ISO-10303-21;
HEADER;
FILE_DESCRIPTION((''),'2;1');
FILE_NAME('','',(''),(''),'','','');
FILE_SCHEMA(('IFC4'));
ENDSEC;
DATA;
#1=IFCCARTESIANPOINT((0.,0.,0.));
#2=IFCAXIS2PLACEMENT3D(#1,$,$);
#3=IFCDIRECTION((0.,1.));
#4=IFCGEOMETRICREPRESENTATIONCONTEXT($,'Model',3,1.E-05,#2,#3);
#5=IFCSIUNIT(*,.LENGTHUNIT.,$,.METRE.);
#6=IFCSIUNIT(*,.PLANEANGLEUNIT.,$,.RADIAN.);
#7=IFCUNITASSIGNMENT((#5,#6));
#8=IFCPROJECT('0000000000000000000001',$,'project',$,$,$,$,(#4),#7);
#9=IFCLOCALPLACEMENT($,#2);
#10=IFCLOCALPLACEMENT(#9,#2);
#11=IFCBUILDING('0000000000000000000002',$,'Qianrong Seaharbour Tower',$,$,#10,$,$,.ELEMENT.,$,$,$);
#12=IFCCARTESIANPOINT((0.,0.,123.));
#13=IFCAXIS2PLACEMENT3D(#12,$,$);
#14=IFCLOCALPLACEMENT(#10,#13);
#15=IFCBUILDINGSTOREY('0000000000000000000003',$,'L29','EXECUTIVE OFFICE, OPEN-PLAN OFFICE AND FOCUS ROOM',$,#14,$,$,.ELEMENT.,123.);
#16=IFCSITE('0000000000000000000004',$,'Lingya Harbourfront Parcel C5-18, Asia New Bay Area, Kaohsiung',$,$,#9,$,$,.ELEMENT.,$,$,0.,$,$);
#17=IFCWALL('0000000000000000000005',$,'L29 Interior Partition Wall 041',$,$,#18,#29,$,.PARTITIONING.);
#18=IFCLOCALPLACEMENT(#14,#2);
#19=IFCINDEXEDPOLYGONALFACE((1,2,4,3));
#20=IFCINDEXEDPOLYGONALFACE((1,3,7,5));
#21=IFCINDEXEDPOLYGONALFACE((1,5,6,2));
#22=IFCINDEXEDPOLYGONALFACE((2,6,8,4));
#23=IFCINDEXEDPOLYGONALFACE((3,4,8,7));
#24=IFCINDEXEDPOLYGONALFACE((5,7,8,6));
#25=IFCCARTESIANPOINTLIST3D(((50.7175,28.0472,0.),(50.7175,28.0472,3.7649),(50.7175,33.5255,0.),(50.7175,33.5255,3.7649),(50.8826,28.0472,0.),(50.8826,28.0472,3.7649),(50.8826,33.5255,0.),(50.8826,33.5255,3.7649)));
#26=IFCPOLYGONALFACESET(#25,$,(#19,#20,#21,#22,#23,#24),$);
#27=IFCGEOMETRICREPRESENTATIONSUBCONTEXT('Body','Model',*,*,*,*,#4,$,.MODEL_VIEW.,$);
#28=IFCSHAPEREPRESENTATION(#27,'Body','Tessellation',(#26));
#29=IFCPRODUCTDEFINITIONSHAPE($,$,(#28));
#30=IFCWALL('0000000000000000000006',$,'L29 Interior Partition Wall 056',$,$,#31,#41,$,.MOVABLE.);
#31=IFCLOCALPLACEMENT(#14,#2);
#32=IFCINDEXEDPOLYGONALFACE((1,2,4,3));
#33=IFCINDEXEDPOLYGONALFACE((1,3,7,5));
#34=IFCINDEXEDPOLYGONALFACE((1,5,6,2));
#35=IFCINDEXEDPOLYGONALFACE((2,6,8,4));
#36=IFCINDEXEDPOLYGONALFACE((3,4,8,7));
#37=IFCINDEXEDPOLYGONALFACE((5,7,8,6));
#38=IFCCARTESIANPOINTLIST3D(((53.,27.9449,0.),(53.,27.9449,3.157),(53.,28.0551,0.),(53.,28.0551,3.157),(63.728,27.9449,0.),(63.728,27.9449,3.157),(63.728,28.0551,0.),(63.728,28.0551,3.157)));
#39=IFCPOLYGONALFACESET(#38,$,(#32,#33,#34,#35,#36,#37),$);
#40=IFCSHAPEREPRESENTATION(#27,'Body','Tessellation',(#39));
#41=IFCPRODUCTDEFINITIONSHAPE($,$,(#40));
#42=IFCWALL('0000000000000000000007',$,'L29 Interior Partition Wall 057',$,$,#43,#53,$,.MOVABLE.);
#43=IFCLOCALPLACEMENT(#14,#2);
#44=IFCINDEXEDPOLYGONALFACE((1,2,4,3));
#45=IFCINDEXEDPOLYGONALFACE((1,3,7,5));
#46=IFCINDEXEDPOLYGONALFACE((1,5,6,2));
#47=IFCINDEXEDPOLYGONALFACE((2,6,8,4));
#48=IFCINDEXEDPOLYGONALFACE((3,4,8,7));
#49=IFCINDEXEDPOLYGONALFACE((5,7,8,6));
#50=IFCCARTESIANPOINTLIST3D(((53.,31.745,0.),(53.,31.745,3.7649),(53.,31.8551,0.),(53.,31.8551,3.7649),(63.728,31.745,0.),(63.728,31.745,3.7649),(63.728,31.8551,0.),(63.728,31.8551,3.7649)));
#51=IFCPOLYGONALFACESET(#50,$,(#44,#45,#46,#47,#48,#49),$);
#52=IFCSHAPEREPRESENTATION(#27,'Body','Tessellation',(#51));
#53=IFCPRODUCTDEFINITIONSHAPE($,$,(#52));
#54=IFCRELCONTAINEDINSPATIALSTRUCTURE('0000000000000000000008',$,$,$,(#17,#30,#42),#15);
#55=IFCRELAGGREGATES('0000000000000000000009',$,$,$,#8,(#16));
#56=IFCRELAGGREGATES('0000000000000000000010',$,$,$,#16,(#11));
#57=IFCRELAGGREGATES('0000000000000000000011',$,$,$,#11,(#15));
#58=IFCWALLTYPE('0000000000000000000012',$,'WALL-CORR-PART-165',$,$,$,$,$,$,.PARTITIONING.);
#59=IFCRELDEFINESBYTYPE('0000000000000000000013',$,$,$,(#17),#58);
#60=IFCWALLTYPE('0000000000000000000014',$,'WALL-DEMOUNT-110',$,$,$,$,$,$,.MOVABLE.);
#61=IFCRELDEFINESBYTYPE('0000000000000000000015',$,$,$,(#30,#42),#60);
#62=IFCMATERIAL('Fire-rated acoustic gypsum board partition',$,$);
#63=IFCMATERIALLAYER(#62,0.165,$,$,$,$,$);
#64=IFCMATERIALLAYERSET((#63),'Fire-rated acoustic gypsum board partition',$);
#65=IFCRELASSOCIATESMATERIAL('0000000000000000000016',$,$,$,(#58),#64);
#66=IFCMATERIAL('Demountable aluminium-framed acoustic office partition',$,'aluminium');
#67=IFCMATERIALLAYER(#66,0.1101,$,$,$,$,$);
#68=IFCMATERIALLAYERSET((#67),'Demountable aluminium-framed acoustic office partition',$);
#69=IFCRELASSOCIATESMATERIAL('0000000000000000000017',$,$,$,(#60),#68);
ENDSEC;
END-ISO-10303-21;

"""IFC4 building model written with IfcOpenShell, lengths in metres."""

from ifc_helpers import new_model, si_unit, direction, frame, frame_2d, origin, place, context, subcontext, project, spatial, rectangle, extrude, material, layer, layer_set, type_object, element, save


model = new_model("IFC4")

# Units and contexts
model_context = context("Model", 3, precision=1e-05, world=origin(), true_north=direction((0.0, 1.0)))
body_context = subcontext(model_context, "Body", "Model", "MODEL_VIEW")
ifc_project = project(units=[si_unit("LENGTHUNIT", "METRE"), si_unit("PLANEANGLEUNIT", "RADIAN")], contexts=[model_context])

# Site, building, storey
site_placement = place(None, origin())
site = spatial("IfcSite", under=ifc_project, at=site_placement, Name="Lingya Harbourfront Parcel C5-18, Asia New Bay Area, Kaohsiung", CompositionType="ELEMENT", RefElevation=0.0)
building_placement = place(site_placement, origin())
building = spatial("IfcBuilding", under=site, at=building_placement, Name="Qianrong Seaharbour Tower", CompositionType="ELEMENT")
storey_placement = place(building_placement, frame((0.0, 0.0, 123.0)))
storey = spatial("IfcBuildingStorey", under=building, at=storey_placement, Name="L29", Description="EXECUTIVE OFFICE, OPEN-PLAN OFFICE AND FOCUS ROOM", CompositionType="ELEMENT", Elevation=123.0)

# Shared definitions
ifc_material_1 = material(Name="Fire-rated acoustic gypsum board partition")
ifc_layer_1 = layer(ifc_material_1, 0.165)
ifc_layer_set_1 = layer_set([ifc_layer_1], Name="Fire-rated acoustic gypsum board partition")
wall_type_1 = type_object("IfcWallType", Name="WALL-CORR-PART-165", PredefinedType="PARTITIONING", material=ifc_layer_set_1)

# Walls
wall_1_placement = place(storey_placement, frame((50.8, 28.0471, 0.0), z_axis=(0.0, 0.0, 1.0), x_axis=(0.0, 1.0, 0.0)))
element("IfcWall", 1, at=wall_1_placement, inside=storey, type_object=wall_type_1, Name="L29 Interior Partition Wall 041", PredefinedType="PARTITIONING", context=body_context, shape_type="SweptSolid", body=[
    extrude(rectangle(XDim=5.4783, YDim=0.165, at=frame_2d((2.7393, 0.0))), origin(), (0.0, 0.0, 1.0), 3.7649),
])
ifc_material_2 = material(Name="Demountable aluminium-framed acoustic office partition", Category="aluminium")
ifc_layer_2 = layer(ifc_material_2, 0.1101)
ifc_layer_set_2 = layer_set([ifc_layer_2], Name="Demountable aluminium-framed acoustic office partition")
wall_type_2 = type_object("IfcWallType", Name="WALL-DEMOUNT-110", PredefinedType="MOVABLE", material=ifc_layer_set_2)
wall_2_placement = place(storey_placement, frame((53.0, 28.0, 0.0), z_axis=(0.0, 0.0, 1.0), x_axis=(1.0, 0.0, 0.0)))
element("IfcWall", 2, at=wall_2_placement, inside=storey, type_object=wall_type_2, Name="L29 Interior Partition Wall 056", PredefinedType="MOVABLE", context=body_context, shape_type="SweptSolid", body=[
    extrude(rectangle(XDim=10.728, YDim=0.1101, at=frame_2d((5.364, 0.0))), origin(), (0.0, 0.0, 1.0), 3.157),
])
wall_3_placement = place(storey_placement, frame((53.0, 31.8, 0.0), z_axis=(0.0, 0.0, 1.0), x_axis=(1.0, 0.0, 0.0)))
element("IfcWall", 3, at=wall_3_placement, inside=storey, type_object=wall_type_2, Name="L29 Interior Partition Wall 057", PredefinedType="MOVABLE", context=body_context, shape_type="SweptSolid", body=[
    extrude(rectangle(XDim=10.728, YDim=0.1101, at=frame_2d((5.364, 0.0))), origin(), (0.0, 0.0, 1.0), 3.7649),
])

save(model, "model.ifc")
